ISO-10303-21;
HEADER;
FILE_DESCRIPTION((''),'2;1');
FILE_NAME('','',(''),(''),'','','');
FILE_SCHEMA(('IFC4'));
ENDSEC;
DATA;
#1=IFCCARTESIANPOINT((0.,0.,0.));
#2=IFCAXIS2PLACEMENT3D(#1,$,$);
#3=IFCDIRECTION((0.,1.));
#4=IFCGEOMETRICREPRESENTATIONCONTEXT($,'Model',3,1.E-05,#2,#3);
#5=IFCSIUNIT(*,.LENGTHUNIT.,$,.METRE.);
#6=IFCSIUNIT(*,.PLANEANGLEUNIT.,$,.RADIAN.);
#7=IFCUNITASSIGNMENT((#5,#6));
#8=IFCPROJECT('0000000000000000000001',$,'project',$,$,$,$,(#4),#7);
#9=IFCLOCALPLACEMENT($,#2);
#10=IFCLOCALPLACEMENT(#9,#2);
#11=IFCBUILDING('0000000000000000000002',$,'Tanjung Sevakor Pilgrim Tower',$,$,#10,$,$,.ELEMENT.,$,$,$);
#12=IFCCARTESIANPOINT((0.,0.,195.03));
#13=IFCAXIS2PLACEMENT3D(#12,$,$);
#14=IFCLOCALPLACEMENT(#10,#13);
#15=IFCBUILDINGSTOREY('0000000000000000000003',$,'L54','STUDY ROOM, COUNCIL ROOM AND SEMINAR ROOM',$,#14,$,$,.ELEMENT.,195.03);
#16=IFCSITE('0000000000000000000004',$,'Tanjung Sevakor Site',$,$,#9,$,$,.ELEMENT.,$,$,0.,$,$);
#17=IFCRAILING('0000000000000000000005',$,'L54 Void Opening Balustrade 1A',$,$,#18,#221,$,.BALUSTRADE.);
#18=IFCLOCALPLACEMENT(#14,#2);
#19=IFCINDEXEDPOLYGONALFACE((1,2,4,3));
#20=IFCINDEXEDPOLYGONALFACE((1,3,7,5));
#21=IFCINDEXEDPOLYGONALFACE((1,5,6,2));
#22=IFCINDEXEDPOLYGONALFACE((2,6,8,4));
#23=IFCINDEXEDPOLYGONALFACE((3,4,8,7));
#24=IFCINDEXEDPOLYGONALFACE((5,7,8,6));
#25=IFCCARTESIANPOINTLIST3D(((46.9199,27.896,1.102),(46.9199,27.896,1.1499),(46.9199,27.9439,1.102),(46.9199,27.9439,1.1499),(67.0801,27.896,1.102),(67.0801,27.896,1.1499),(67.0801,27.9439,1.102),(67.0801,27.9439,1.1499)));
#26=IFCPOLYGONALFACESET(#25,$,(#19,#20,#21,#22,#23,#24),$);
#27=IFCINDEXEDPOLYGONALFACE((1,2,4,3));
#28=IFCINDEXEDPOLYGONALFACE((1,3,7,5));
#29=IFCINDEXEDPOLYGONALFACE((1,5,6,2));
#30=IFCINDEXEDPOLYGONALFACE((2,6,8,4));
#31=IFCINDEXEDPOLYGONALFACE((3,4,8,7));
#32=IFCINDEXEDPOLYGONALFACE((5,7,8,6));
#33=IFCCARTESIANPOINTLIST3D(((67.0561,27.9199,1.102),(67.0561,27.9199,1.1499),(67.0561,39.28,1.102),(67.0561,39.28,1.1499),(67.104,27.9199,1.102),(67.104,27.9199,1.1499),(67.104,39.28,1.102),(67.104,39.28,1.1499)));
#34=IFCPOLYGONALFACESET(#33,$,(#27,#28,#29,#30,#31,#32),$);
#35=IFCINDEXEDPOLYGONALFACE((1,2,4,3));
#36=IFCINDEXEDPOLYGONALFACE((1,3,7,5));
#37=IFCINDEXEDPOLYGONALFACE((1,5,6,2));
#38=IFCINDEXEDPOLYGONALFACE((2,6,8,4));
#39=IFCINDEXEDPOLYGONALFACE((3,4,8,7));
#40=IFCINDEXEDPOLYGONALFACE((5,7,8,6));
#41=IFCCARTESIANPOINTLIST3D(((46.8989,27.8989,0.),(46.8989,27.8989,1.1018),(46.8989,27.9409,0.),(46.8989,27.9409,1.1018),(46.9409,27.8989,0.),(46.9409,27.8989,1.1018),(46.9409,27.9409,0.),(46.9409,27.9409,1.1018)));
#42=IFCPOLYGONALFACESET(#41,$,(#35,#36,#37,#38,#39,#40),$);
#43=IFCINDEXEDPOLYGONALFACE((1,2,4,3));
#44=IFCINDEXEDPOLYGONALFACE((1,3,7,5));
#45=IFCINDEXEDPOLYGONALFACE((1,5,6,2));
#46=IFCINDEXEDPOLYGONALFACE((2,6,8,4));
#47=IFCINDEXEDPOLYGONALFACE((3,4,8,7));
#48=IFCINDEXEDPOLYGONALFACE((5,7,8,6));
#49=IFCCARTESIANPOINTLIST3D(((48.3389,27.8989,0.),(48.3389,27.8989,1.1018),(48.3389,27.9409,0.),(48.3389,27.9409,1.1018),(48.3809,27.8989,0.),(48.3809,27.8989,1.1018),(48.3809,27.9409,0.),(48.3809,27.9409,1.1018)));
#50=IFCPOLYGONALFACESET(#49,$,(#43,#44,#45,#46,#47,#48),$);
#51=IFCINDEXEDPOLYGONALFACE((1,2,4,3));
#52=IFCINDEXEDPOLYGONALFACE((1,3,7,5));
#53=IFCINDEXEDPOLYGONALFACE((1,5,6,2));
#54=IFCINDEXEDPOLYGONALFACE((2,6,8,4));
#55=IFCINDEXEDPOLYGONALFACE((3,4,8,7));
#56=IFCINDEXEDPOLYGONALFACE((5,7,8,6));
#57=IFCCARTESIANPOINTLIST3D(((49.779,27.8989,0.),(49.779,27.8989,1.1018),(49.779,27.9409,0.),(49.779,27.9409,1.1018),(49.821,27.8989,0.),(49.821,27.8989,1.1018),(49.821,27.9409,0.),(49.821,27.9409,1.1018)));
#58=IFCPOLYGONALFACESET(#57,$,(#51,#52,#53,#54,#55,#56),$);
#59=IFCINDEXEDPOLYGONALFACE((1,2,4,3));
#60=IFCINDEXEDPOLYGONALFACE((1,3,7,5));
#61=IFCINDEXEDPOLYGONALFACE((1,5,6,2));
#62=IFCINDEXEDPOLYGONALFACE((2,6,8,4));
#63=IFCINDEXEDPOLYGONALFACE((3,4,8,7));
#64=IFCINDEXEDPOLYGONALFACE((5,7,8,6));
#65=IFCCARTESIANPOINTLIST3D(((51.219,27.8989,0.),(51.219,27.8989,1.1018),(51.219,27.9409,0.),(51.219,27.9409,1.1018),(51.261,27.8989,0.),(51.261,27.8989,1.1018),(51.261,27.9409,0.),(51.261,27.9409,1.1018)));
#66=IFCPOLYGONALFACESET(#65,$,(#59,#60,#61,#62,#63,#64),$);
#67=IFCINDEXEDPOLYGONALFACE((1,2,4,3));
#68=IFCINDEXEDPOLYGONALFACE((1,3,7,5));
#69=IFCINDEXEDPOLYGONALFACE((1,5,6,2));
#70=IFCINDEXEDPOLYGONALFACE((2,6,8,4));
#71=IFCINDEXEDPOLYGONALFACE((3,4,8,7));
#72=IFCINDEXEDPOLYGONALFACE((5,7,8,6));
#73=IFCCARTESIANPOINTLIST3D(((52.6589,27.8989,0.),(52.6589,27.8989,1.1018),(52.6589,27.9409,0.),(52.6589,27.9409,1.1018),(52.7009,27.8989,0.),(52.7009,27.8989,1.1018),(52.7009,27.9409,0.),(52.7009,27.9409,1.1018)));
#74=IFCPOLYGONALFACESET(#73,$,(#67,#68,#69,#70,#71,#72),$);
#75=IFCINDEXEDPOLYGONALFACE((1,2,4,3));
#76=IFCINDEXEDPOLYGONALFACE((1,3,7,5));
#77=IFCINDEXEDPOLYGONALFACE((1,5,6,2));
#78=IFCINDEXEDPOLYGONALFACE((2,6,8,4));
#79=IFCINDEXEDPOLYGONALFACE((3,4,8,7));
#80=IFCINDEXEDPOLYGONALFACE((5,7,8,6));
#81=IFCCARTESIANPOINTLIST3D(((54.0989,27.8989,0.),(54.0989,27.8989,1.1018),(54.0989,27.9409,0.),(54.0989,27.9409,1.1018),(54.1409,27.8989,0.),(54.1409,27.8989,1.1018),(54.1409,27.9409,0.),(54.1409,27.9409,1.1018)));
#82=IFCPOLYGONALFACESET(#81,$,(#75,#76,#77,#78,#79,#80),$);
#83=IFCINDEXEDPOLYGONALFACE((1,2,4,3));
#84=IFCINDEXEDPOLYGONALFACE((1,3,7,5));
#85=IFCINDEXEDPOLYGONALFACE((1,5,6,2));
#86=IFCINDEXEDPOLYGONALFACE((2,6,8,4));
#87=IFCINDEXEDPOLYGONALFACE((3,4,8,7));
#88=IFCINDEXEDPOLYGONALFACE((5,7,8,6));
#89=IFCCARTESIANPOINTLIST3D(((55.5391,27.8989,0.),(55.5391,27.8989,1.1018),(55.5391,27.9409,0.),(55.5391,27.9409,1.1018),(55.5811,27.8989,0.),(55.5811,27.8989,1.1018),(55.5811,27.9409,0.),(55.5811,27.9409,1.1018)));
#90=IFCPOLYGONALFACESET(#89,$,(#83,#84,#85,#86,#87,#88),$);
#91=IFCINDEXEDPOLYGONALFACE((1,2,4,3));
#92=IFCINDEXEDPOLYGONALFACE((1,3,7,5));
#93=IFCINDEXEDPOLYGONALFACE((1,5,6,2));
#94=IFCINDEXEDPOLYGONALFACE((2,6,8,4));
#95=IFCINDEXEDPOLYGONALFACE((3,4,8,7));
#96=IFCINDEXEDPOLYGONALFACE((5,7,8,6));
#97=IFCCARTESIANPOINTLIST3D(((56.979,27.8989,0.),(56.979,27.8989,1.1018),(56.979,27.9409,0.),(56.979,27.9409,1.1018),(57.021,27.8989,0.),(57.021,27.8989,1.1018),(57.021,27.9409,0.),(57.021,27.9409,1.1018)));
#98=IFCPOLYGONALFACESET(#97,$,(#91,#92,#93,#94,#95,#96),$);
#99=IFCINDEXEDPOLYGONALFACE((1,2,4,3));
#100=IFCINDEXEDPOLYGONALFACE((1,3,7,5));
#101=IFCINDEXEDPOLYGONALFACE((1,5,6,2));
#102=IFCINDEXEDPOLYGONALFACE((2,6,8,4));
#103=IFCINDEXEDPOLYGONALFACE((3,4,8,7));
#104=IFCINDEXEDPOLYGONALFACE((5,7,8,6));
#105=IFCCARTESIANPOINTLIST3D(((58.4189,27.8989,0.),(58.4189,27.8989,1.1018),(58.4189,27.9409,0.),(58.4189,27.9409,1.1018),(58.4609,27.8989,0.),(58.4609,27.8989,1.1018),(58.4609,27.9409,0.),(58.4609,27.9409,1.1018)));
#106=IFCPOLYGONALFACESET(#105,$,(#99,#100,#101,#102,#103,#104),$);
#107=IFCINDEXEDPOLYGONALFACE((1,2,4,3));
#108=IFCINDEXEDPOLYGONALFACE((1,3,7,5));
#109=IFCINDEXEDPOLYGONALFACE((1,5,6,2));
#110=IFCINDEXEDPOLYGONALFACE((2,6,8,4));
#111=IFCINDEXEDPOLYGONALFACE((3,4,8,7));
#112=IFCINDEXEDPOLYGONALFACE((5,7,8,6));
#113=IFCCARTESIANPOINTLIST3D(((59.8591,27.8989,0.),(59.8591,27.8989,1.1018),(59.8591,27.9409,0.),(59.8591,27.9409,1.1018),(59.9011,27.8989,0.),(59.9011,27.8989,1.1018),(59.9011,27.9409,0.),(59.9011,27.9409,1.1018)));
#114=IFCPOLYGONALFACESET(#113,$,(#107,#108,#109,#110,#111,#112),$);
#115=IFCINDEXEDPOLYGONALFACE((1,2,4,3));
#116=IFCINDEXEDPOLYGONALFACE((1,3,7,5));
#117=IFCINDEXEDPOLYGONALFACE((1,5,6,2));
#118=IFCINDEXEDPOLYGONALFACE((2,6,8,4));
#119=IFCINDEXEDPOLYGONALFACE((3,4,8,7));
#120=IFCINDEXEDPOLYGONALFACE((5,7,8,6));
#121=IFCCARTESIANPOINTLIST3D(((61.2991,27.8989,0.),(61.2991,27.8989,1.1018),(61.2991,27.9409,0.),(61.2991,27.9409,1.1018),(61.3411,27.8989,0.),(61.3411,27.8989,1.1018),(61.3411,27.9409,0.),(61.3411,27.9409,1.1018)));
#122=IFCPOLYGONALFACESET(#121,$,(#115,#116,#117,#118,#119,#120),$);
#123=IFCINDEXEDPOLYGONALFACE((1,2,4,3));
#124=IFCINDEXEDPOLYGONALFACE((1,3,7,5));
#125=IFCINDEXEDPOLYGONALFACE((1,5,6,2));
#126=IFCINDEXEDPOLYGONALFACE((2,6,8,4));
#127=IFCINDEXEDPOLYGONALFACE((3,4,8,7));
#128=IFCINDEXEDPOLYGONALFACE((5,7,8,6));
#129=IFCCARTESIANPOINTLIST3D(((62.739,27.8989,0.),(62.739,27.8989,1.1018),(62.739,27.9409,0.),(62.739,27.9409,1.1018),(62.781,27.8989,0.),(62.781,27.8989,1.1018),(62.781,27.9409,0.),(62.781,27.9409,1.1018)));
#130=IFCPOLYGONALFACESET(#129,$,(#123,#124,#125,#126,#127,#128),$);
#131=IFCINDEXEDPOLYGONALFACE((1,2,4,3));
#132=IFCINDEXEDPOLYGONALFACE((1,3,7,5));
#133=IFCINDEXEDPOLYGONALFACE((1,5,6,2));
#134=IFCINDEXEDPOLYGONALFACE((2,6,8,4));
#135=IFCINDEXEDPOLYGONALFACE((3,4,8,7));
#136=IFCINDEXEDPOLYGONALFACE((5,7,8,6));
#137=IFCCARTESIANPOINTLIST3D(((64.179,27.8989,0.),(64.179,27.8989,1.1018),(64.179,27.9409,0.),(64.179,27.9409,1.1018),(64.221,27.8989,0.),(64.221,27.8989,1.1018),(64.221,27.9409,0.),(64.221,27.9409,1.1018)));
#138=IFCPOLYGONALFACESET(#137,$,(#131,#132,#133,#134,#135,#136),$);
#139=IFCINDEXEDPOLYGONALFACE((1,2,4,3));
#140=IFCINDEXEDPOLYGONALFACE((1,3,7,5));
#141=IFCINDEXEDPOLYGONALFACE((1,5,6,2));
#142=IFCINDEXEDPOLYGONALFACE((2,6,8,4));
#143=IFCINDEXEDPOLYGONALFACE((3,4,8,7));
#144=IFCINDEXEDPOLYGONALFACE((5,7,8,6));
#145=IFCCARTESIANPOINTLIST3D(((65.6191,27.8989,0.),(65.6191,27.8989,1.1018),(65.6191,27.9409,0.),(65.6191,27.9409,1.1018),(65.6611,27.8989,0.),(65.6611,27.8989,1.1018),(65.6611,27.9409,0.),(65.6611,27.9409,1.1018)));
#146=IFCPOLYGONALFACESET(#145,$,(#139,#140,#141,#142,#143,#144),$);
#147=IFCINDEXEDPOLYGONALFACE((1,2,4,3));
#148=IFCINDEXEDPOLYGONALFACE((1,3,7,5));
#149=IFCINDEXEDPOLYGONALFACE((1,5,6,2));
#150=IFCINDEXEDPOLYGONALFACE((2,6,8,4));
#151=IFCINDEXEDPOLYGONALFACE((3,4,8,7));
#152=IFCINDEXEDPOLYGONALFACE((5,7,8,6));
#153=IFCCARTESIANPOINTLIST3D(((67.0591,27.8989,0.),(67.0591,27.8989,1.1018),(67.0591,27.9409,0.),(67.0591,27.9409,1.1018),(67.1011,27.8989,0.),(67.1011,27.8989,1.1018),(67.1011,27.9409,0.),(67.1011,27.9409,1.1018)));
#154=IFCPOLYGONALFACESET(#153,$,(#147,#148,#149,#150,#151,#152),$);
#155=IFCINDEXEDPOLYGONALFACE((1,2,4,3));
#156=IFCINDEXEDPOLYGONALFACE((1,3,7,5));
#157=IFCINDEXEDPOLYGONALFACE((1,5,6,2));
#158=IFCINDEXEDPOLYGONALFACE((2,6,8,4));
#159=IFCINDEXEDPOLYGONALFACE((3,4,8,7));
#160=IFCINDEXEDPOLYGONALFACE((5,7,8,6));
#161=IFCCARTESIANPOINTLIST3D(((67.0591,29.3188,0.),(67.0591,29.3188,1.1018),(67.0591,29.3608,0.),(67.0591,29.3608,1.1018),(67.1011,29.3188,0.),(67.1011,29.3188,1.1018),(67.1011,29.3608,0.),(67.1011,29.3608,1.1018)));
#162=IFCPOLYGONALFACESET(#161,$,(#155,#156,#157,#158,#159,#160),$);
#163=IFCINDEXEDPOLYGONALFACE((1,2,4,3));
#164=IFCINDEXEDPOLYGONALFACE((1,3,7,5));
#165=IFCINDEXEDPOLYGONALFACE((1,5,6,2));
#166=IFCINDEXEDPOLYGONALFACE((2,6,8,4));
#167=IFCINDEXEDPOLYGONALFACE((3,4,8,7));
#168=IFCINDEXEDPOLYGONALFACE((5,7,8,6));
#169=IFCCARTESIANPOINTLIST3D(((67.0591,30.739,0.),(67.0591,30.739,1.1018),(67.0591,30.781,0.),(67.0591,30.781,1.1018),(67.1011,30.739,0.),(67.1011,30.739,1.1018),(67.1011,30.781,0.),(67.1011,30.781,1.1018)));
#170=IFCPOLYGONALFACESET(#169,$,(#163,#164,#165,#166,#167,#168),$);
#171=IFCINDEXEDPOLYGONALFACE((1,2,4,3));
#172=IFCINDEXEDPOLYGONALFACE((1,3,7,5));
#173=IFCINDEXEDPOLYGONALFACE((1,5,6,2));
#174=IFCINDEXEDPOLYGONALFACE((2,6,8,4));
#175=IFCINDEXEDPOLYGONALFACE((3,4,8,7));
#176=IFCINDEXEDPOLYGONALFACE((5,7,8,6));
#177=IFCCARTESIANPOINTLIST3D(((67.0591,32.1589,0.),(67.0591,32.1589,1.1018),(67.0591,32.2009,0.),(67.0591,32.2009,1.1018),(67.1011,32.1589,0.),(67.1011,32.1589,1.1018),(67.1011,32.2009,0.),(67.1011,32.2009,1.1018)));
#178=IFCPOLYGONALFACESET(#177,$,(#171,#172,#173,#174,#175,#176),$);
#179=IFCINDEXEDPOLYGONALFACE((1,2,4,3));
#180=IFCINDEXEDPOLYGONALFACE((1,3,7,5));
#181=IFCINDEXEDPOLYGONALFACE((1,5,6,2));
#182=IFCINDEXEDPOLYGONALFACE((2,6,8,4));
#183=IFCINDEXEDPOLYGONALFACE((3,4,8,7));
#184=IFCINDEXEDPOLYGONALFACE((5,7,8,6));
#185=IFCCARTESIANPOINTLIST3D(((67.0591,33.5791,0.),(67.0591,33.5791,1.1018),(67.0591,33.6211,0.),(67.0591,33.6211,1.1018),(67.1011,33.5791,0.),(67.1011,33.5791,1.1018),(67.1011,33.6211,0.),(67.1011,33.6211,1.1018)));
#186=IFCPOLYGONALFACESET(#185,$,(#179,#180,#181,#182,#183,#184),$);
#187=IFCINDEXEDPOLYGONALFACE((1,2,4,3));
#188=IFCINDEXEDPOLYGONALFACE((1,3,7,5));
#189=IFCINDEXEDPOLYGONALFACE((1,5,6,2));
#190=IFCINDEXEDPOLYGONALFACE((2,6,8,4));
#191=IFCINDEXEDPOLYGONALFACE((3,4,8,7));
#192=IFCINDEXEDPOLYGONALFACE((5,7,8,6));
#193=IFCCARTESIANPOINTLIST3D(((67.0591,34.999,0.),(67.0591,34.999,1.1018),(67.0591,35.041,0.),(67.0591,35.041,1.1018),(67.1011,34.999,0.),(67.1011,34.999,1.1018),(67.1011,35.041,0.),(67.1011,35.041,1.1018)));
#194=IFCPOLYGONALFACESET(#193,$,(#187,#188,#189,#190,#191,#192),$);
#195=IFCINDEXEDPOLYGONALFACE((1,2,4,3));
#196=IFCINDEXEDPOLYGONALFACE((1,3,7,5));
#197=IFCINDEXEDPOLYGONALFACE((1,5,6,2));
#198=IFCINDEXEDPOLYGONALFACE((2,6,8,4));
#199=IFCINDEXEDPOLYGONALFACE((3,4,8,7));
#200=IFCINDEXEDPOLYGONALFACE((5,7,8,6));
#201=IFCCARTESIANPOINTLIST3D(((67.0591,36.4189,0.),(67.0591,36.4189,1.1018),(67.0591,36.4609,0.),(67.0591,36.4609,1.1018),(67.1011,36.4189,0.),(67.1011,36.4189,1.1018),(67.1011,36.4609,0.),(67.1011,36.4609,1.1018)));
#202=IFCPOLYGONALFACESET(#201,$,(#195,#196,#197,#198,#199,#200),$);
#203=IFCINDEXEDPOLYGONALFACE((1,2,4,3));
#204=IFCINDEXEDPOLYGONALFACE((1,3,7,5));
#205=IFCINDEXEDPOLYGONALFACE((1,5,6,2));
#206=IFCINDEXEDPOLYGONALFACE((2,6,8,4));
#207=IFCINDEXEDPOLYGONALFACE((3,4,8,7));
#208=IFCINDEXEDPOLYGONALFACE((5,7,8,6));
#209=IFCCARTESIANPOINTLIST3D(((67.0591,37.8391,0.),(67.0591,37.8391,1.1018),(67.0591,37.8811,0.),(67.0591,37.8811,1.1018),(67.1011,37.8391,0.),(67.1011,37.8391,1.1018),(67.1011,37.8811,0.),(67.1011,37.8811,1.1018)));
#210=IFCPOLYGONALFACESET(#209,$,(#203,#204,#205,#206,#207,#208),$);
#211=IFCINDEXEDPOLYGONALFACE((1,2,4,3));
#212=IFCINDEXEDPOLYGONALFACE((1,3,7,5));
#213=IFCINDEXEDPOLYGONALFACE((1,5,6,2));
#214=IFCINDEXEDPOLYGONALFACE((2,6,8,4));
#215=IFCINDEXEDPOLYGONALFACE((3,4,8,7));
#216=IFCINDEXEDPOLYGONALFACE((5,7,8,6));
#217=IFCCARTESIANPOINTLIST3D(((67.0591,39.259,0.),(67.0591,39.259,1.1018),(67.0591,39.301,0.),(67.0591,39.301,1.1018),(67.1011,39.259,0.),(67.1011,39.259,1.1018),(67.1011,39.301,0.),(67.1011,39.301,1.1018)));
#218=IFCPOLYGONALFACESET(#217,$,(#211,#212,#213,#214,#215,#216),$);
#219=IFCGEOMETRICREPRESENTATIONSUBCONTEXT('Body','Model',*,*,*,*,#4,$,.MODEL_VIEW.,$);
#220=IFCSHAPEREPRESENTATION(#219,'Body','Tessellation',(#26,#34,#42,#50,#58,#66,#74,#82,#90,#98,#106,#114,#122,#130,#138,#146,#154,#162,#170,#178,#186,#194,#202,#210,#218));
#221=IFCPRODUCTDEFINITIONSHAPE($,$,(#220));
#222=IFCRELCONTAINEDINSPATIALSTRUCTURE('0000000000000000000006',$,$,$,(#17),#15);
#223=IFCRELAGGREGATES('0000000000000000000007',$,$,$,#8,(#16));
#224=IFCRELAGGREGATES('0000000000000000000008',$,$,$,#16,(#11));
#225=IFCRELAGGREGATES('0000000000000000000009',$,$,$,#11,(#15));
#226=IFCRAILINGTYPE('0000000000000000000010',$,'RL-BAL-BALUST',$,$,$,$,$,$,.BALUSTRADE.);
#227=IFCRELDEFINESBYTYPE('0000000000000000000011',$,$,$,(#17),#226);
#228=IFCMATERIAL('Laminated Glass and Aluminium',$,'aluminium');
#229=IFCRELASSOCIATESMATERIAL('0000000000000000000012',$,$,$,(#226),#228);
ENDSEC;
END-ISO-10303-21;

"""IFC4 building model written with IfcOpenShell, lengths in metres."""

from ifc_helpers import new_model, si_unit, direction, frame, origin, place, context, subcontext, project, spatial, rectangle, extrude, material, type_object, element, save


model = new_model("IFC4")

# Units and contexts
model_context = context("Model", 3, precision=1e-05, world=origin(), true_north=direction((0.0, 1.0)))
body_context = subcontext(model_context, "Body", "Model", "MODEL_VIEW")
ifc_project = project(units=[si_unit("LENGTHUNIT", "METRE"), si_unit("PLANEANGLEUNIT", "RADIAN")], contexts=[model_context])

# Site, building, storey
site_placement = place(None, origin())
site = spatial("IfcSite", under=ifc_project, at=site_placement, Name="Tanjung Sevakor Site", CompositionType="ELEMENT", RefElevation=0.0)
building_placement = place(site_placement, origin())
building = spatial("IfcBuilding", under=site, at=building_placement, Name="Tanjung Sevakor Pilgrim Tower", CompositionType="ELEMENT")
storey_placement = place(building_placement, frame((0.0, 0.0, 195.03)))
storey = spatial("IfcBuildingStorey", under=building, at=storey_placement, Name="L54", Description="STUDY ROOM, COUNCIL ROOM AND SEMINAR ROOM", CompositionType="ELEMENT", Elevation=195.03)

# Railing
ifc_material_1 = material(Name="Laminated Glass and Aluminium", Category="aluminium")
railing_type = type_object("IfcRailingType", Name="RL-BAL-BALUST", PredefinedType="BALUSTRADE", material=ifc_material_1)
railing_placement = place(storey_placement, frame((46.9199, 27.9199, 0.0)))
element("IfcRailing", 1, at=railing_placement, inside=storey, type_object=railing_type, Name="L54 Void Opening Balustrade 1A", PredefinedType="BALUSTRADE", context=body_context, shape_type="SweptSolid", body=[
    extrude(rectangle(XDim=0.0479, YDim=0.0479), frame((0.0, 0.0, 1.126), z_axis=(1.0, 0.0, 0.0), x_axis=(0.0, 1.0, 0.0)), (0.0, 0.0, 1.0), 20.1602),
    extrude(rectangle(XDim=0.0479, YDim=0.0479), frame((20.1602, 0.0, 1.126), z_axis=(0.0, 1.0, 0.0), x_axis=(-1.0, 0.0, 0.0)), (0.0, 0.0, 1.0), 11.3601),
    extrude(rectangle(XDim=0.042, YDim=0.042), origin(), (0.0, 0.0, 1.0), 1.1018),
    extrude(rectangle(XDim=0.042, YDim=0.042), frame((1.4399, 0.0, 0.0)), (0.0, 0.0, 1.0), 1.1018),
    extrude(rectangle(XDim=0.042, YDim=0.042), frame((2.8801, 0.0, 0.0)), (0.0, 0.0, 1.0), 1.1018),
    extrude(rectangle(XDim=0.042, YDim=0.042), frame((4.3201, 0.0, 0.0)), (0.0, 0.0, 1.0), 1.1018),
    extrude(rectangle(XDim=0.042, YDim=0.042), frame((5.76, 0.0, 0.0)), (0.0, 0.0, 1.0), 1.1018),
    extrude(rectangle(XDim=0.042, YDim=0.042), frame((7.2, 0.0, 0.0)), (0.0, 0.0, 1.0), 1.1018),
    extrude(rectangle(XDim=0.042, YDim=0.042), frame((8.6401, 0.0, 0.0)), (0.0, 0.0, 1.0), 1.1018),
    extrude(rectangle(XDim=0.042, YDim=0.042), frame((10.0801, 0.0, 0.0)), (0.0, 0.0, 1.0), 1.1018),
    extrude(rectangle(XDim=0.042, YDim=0.042), frame((11.52, 0.0, 0.0)), (0.0, 0.0, 1.0), 1.1018),
    extrude(rectangle(XDim=0.042, YDim=0.042), frame((12.9602, 0.0, 0.0)), (0.0, 0.0, 1.0), 1.1018),
    extrude(rectangle(XDim=0.042, YDim=0.042), frame((14.4001, 0.0, 0.0)), (0.0, 0.0, 1.0), 1.1018),
    extrude(rectangle(XDim=0.042, YDim=0.042), frame((15.8401, 0.0, 0.0)), (0.0, 0.0, 1.0), 1.1018),
    extrude(rectangle(XDim=0.042, YDim=0.042), frame((17.28, 0.0, 0.0)), (0.0, 0.0, 1.0), 1.1018),
    extrude(rectangle(XDim=0.042, YDim=0.042), frame((18.7202, 0.0, 0.0)), (0.0, 0.0, 1.0), 1.1018),
    extrude(rectangle(XDim=0.042, YDim=0.042), frame((20.1602, 0.0, 0.0)), (0.0, 0.0, 1.0), 1.1018),
    extrude(rectangle(XDim=0.042, YDim=0.042), frame((20.1602, 1.4199, 0.0)), (0.0, 0.0, 1.0), 1.1018),
    extrude(rectangle(XDim=0.042, YDim=0.042), frame((20.1602, 2.8401, 0.0)), (0.0, 0.0, 1.0), 1.1018),
    extrude(rectangle(XDim=0.042, YDim=0.042), frame((20.1602, 4.26, 0.0)), (0.0, 0.0, 1.0), 1.1018),
    extrude(rectangle(XDim=0.042, YDim=0.042), frame((20.1602, 5.6802, 0.0)), (0.0, 0.0, 1.0), 1.1018),
    extrude(rectangle(XDim=0.042, YDim=0.042), frame((20.1602, 7.1001, 0.0)), (0.0, 0.0, 1.0), 1.1018),
    extrude(rectangle(XDim=0.042, YDim=0.042), frame((20.1602, 8.52, 0.0)), (0.0, 0.0, 1.0), 1.1018),
    extrude(rectangle(XDim=0.042, YDim=0.042), frame((20.1602, 9.9402, 0.0)), (0.0, 0.0, 1.0), 1.1018),
    extrude(rectangle(XDim=0.042, YDim=0.042), frame((20.1602, 11.3601, 0.0)), (0.0, 0.0, 1.0), 1.1018),
])

save(model, "model.ifc")
